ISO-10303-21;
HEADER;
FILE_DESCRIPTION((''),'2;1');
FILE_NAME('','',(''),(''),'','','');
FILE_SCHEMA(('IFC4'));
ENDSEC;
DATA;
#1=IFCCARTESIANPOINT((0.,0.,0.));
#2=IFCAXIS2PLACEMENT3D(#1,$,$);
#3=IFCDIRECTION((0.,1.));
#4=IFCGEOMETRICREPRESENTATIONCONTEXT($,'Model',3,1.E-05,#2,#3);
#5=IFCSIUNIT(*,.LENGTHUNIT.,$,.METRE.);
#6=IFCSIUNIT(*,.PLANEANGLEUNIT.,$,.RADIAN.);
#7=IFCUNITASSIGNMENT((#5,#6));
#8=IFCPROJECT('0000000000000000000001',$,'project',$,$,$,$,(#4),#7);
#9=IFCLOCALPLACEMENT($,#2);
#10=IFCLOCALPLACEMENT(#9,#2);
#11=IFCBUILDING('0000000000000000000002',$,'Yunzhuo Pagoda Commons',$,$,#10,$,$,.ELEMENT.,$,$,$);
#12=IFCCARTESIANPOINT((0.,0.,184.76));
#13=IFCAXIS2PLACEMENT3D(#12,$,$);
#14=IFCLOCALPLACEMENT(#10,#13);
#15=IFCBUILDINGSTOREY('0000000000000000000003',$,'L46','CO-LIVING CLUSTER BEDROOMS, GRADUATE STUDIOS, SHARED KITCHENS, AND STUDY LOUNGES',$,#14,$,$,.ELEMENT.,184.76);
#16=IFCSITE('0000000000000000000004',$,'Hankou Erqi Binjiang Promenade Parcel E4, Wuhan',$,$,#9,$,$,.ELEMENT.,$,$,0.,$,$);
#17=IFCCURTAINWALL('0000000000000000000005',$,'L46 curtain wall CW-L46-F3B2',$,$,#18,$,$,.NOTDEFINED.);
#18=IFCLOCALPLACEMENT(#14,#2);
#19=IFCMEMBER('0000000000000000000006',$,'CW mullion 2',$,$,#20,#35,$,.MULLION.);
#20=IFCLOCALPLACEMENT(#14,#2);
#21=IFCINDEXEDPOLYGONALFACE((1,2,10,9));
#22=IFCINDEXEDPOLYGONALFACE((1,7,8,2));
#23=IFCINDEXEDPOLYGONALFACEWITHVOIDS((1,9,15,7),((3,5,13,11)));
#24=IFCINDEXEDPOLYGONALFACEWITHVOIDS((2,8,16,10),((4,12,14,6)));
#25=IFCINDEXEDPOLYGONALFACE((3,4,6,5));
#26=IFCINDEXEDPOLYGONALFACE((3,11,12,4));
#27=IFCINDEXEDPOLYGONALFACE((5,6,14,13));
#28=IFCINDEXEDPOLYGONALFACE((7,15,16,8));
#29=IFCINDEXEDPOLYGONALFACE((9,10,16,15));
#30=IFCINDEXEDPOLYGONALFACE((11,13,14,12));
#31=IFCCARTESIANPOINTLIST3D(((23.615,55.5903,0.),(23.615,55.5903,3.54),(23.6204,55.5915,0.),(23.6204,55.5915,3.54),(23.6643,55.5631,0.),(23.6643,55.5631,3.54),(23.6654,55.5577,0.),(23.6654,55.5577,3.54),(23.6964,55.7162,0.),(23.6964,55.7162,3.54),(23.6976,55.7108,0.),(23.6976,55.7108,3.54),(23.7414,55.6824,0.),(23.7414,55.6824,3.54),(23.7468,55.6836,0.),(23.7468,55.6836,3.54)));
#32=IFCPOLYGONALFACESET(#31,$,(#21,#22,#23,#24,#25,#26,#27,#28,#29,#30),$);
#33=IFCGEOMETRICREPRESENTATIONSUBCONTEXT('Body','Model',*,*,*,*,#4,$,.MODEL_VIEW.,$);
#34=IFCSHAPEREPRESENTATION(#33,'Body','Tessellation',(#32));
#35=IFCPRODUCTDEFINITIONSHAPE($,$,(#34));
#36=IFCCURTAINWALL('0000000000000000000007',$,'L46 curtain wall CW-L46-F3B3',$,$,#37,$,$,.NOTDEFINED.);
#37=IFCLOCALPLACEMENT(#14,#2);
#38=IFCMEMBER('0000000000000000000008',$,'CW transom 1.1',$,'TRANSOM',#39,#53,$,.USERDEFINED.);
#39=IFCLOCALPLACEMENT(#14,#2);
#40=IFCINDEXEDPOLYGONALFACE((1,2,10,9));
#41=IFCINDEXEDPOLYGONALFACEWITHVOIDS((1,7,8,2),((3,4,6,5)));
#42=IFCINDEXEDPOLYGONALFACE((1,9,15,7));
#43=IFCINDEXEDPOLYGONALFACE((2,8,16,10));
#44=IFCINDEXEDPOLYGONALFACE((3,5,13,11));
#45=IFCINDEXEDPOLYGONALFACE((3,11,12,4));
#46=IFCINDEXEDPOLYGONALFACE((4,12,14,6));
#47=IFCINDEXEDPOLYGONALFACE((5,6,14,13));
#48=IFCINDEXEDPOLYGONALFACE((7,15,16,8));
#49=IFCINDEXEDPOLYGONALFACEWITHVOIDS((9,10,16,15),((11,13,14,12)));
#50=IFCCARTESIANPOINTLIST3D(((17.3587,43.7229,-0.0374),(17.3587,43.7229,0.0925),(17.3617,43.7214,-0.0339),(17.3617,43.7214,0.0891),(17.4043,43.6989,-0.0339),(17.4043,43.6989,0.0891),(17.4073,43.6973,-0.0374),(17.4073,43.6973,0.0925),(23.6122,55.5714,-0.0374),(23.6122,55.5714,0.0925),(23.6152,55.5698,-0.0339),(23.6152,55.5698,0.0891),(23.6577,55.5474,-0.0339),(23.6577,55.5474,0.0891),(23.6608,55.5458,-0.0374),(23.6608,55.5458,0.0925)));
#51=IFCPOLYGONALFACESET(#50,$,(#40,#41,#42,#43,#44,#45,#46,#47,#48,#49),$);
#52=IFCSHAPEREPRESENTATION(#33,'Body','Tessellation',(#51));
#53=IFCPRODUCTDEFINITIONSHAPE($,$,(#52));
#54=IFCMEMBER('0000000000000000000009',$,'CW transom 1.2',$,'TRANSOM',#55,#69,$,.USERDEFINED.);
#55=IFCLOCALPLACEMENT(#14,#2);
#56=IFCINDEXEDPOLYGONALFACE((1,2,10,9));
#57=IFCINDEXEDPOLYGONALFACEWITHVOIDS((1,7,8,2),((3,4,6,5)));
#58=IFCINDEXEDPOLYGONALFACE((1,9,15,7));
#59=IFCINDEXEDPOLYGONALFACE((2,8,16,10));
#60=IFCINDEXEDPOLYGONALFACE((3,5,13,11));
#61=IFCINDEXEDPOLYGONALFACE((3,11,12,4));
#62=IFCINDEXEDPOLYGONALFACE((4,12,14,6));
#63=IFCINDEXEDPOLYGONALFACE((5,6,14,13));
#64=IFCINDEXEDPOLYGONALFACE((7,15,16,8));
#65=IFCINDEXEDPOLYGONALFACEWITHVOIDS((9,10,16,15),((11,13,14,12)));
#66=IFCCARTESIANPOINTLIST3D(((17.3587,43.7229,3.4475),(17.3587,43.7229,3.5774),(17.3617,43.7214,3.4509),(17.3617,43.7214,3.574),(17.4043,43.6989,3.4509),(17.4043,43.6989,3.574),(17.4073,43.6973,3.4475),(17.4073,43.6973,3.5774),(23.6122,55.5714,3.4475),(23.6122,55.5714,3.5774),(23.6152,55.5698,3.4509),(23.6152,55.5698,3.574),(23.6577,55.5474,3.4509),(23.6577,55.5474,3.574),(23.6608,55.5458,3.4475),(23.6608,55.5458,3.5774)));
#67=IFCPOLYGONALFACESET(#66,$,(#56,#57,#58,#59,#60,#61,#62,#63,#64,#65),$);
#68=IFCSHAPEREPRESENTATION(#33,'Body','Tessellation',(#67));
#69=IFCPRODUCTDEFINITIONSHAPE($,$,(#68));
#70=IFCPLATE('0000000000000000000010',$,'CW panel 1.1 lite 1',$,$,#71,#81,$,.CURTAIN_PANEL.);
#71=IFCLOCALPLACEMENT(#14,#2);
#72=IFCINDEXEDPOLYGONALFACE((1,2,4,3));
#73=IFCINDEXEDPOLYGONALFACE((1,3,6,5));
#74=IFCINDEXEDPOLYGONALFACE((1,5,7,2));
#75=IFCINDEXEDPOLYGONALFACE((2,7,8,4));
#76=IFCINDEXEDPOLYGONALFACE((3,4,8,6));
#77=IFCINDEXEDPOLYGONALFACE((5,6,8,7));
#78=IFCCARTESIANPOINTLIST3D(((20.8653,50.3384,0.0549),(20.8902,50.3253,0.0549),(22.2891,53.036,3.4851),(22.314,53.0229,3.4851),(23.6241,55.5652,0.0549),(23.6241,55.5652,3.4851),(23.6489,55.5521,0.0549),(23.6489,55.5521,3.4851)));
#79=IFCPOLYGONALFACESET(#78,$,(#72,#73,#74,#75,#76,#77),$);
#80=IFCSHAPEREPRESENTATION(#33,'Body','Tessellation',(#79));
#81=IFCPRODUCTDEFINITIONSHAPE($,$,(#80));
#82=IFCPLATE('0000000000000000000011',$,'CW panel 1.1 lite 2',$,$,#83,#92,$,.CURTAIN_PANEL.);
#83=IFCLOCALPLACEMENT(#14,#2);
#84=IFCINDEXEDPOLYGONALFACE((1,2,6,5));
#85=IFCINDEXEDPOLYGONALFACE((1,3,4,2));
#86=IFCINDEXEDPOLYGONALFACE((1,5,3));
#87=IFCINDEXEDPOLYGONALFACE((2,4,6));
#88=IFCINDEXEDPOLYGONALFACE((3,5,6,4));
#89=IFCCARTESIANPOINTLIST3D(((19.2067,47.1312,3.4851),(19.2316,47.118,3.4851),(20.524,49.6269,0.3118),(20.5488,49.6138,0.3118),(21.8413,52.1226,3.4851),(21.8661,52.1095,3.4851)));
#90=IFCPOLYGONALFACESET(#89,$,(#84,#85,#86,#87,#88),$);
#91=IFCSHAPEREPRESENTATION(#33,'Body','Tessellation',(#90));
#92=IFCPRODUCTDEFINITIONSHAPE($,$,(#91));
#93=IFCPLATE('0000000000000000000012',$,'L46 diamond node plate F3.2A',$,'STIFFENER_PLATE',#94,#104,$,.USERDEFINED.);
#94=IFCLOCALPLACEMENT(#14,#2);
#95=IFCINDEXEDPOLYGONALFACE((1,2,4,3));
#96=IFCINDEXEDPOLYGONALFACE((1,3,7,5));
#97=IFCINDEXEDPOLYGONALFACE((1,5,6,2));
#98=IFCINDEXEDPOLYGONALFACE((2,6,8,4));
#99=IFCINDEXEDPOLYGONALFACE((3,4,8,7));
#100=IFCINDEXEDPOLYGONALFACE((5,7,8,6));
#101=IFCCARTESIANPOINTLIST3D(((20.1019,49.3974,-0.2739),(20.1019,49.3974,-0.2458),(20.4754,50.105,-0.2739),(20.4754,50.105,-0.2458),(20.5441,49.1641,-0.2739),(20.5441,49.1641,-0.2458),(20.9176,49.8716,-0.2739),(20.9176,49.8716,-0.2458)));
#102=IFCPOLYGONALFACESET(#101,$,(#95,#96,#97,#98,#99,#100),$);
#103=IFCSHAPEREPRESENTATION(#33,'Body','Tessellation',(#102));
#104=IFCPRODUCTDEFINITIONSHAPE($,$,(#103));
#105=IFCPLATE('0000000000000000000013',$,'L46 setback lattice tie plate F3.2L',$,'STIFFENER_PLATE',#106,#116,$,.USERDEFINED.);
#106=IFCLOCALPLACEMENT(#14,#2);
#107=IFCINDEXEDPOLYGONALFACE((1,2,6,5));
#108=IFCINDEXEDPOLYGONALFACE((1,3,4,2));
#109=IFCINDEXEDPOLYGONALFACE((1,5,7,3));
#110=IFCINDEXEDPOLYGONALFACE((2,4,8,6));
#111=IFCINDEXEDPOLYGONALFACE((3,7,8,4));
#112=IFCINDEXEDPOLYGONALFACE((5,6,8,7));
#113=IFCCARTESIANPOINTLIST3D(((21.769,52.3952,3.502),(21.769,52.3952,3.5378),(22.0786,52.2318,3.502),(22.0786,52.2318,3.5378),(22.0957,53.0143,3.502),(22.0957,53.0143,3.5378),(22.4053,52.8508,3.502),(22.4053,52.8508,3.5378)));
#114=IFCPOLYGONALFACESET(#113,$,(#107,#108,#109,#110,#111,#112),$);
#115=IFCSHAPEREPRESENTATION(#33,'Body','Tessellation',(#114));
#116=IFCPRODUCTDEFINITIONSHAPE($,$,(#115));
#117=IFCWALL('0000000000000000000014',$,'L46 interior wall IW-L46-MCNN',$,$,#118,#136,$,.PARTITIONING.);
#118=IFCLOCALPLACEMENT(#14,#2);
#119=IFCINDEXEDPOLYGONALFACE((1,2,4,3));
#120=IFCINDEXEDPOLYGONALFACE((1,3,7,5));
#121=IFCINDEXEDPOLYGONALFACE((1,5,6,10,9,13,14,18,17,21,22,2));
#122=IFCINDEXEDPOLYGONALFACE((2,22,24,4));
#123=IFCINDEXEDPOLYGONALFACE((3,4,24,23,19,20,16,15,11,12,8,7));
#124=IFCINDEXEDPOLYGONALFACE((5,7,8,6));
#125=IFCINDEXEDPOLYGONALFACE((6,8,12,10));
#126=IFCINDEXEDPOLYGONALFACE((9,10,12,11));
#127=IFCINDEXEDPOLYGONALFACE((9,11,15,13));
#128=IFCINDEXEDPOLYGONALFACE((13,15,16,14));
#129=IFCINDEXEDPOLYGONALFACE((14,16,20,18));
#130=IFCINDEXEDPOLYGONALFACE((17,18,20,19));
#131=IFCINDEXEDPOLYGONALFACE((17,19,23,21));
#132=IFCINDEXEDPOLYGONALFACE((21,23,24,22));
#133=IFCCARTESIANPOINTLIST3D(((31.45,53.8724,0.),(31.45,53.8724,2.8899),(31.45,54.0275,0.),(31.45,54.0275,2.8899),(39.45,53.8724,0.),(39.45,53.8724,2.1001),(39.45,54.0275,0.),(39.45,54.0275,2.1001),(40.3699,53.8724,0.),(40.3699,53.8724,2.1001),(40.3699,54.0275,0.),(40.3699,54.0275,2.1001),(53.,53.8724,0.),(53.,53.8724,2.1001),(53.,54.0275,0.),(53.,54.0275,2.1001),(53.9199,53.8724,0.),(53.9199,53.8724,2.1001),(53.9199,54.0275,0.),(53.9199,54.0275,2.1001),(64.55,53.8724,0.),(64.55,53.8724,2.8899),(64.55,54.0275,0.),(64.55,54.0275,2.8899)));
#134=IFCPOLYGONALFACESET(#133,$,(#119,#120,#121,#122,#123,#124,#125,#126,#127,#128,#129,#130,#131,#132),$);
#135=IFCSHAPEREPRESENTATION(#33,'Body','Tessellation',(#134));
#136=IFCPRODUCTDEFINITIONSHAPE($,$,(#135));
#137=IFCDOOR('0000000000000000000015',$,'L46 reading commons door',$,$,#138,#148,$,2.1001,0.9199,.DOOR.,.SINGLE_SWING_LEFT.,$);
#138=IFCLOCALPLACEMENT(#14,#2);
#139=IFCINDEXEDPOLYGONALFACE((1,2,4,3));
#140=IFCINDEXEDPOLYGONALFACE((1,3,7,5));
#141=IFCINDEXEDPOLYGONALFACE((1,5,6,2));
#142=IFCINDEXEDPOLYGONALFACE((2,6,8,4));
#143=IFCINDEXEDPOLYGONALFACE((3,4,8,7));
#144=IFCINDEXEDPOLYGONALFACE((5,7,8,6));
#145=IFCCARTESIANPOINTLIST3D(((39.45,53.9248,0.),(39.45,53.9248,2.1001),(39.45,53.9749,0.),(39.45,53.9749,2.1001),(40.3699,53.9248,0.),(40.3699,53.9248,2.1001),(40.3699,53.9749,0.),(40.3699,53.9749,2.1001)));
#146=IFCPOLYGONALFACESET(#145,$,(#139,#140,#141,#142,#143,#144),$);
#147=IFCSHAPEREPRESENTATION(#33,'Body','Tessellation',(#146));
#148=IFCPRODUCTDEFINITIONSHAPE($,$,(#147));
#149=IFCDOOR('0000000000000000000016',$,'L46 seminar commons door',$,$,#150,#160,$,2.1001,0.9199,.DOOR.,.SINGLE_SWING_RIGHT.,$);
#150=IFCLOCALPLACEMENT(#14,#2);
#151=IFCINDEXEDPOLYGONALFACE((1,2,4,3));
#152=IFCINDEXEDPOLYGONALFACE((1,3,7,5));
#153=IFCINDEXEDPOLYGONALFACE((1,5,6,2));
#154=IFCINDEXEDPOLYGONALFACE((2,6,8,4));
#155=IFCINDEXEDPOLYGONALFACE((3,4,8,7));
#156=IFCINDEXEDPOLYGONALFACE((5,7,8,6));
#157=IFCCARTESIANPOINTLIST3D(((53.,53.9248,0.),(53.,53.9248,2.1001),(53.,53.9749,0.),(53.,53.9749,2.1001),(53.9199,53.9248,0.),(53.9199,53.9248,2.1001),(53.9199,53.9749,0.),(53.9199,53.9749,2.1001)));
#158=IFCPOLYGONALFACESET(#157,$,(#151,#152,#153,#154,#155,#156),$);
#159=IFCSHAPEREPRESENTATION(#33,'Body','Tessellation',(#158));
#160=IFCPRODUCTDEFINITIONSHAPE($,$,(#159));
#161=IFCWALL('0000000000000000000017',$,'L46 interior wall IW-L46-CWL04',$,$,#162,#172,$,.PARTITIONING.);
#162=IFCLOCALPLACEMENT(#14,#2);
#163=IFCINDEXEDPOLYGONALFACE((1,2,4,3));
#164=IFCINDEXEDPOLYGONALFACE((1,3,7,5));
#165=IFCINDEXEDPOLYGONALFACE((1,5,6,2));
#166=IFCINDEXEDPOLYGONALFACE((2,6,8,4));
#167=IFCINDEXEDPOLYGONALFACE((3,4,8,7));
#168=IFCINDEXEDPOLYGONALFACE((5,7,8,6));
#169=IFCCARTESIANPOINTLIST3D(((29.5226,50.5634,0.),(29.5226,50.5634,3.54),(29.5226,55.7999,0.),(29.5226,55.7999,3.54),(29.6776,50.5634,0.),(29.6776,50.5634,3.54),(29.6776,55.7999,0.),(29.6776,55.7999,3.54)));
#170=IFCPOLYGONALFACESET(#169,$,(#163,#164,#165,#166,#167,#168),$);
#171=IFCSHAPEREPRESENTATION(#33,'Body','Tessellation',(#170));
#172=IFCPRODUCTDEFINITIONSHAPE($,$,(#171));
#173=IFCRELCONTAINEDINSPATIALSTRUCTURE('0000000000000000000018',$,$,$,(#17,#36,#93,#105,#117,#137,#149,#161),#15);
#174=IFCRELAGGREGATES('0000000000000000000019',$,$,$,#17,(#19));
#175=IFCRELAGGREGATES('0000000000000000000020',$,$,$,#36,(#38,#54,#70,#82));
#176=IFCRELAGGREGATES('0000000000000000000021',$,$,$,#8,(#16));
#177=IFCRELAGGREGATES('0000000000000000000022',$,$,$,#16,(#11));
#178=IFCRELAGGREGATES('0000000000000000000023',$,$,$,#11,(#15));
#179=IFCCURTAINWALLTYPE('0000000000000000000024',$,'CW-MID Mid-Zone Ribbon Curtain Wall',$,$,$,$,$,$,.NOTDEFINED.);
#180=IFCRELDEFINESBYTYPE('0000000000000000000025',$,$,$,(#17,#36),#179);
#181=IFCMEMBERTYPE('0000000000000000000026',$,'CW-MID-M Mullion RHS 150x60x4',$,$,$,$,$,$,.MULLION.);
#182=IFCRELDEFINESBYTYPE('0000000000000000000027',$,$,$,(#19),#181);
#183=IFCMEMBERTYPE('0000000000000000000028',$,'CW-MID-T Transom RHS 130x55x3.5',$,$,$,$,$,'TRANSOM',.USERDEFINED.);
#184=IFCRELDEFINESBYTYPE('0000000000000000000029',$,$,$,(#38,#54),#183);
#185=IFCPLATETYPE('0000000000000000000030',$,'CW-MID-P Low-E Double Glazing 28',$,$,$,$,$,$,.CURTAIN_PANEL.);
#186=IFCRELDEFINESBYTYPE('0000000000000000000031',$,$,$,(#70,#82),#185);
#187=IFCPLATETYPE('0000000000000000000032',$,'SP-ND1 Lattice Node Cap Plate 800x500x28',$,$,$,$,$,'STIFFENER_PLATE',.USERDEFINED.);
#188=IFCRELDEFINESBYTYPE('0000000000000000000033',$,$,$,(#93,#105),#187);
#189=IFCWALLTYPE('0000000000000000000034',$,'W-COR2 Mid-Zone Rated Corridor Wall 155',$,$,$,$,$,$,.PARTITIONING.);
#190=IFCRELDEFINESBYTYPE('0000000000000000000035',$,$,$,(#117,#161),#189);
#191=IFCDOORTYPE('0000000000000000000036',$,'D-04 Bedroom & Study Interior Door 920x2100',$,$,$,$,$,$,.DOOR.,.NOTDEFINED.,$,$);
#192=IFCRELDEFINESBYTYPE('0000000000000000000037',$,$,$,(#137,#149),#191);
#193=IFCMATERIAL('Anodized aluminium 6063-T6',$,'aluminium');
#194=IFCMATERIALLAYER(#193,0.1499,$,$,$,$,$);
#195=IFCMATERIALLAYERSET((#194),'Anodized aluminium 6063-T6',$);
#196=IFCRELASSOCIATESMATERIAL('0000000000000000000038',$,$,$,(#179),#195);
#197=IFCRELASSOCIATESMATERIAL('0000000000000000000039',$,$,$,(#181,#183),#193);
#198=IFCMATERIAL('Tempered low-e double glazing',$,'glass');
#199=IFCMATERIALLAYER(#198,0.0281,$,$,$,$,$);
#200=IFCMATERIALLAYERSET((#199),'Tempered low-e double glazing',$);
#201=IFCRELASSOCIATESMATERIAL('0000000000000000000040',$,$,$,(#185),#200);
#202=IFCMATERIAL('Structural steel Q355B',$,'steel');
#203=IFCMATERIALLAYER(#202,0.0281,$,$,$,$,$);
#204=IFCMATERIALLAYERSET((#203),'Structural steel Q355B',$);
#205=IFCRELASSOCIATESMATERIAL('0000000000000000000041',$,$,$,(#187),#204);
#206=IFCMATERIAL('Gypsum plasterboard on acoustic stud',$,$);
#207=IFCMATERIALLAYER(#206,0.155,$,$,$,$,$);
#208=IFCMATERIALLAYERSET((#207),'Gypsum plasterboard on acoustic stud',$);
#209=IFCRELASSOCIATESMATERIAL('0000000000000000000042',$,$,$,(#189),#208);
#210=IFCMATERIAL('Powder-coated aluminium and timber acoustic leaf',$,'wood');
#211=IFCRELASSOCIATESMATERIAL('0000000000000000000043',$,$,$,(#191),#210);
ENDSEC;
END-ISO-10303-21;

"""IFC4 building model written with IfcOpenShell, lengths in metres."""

from ifc_helpers import new_model, si_unit, direction, frame, frame_2d, origin, origin_with_axes, origin_2d, place, context, subcontext, project, spatial, polyline, rectangle, hollow_rectangle, outline, extrude, source, transform, mapped, material, layer, layer_set, material_profile, profile_set, type_object, element, fill, aggregate, save


model = new_model("IFC4")

# Units and contexts
model_context = context("Model", 3, precision=1e-05, world=origin(), true_north=direction((0.0, 1.0)))
body_context = subcontext(model_context, "Body", "Model", "MODEL_VIEW")
ifc_project = project(units=[si_unit("LENGTHUNIT", "METRE"), si_unit("PLANEANGLEUNIT", "RADIAN")], contexts=[model_context])

# Site, building, storey
site_placement = place(None, origin())
site = spatial("IfcSite", under=ifc_project, at=site_placement, Name="Hankou Erqi Binjiang Promenade Parcel E4, Wuhan", CompositionType="ELEMENT", RefElevation=0.0)
building_placement = place(site_placement, origin())
building = spatial("IfcBuilding", under=site, at=building_placement, Name="Yunzhuo Pagoda Commons", CompositionType="ELEMENT")
storey_placement = place(building_placement, frame((0.0, 0.0, 184.76)))
storey = spatial("IfcBuildingStorey", under=building, at=storey_placement, Name="L46", Description="CO-LIVING CLUSTER BEDROOMS, GRADUATE STUDIOS, SHARED KITCHENS, AND STUDY LOUNGES", CompositionType="ELEMENT", Elevation=184.76)

# Shared definitions
ifc_material_1 = material(Name="Structural steel Q355B", Category="steel")

# Curtain wall, member
ifc_material_2 = material(Name="Anodized aluminium 6063-T6", Category="aluminium")
ifc_layer_1 = layer(ifc_material_2, 0.1499)
ifc_layer_set_1 = layer_set([ifc_layer_1], Name="Anodized aluminium 6063-T6")
curtain_wall_type = type_object("IfcCurtainWallType", Name="CW-MID Mid-Zone Ribbon Curtain Wall", PredefinedType="NOTDEFINED", material=ifc_layer_set_1)
curtain_wall_1_placement = place(storey_placement, origin())
curtain_wall_1 = element("IfcCurtainWall", 1, at=curtain_wall_1_placement, inside=storey, type_object=curtain_wall_type, Name="L46 curtain wall CW-L46-F3B2", PredefinedType="NOTDEFINED")
ifc_material_profile_1 = material_profile(ifc_material_2, hollow_rectangle(XDim=0.0601, YDim=0.1499, WallThickness=0.0039, at=origin_2d()), Name="Anodized aluminium 6063-T6")
ifc_profile_set_1 = profile_set([ifc_material_profile_1], Name="Anodized aluminium 6063-T6")
member_type_1 = type_object("IfcMemberType", Name="CW-MID-M Mullion RHS 150x60x4", PredefinedType="MULLION", material=ifc_profile_set_1)
shared_shape_1 = source(origin(), body_context, "Body", "SweptSolid", [
    extrude(hollow_rectangle(XDim=0.0601, YDim=0.1499, WallThickness=0.0039, at=origin_2d()), origin(), (0.0, 0.0, 1.0), 3.54),
])
member_1_placement = place(storey_placement, frame((23.6809, 55.637, 0.0), z_axis=(0.0, 0.0, 1.0), x_axis=(0.839627, -0.543164, 0.0)))
member_1 = element("IfcMember", 2, at=member_1_placement, type_object=member_type_1, Name="CW mullion 2", PredefinedType="MULLION", context=body_context, shape_type="MappedRepresentation", body=[
    mapped(shared_shape_1, transform((0.0, 0.0, 0.0), scale=1.0)),
])
aggregate(curtain_wall_1, [member_1])

# Curtain wall, members, plates
curtain_wall_2_placement = place(storey_placement, origin())
curtain_wall_2 = element("IfcCurtainWall", 3, at=curtain_wall_2_placement, inside=storey, type_object=curtain_wall_type, Name="L46 curtain wall CW-L46-F3B3", PredefinedType="NOTDEFINED")
ifc_material_profile_2 = material_profile(ifc_material_2, hollow_rectangle(XDim=0.0549, YDim=0.1299, WallThickness=0.0034, at=origin_2d()), Name="Anodized aluminium 6063-T6")
ifc_profile_set_2 = profile_set([ifc_material_profile_2], Name="Anodized aluminium 6063-T6")
member_type_2 = type_object("IfcMemberType", Name="CW-MID-T Transom RHS 130x55x3.5", ElementType="TRANSOM", PredefinedType="USERDEFINED", material=ifc_profile_set_2)
shared_shape_2 = source(origin(), body_context, "Body", "SweptSolid", [
    extrude(hollow_rectangle(XDim=0.0549, YDim=0.1299, WallThickness=0.0034, at=origin_2d()), origin(), (0.0, 0.0, 1.0), 13.3975),
])
member_2_placement = place(storey_placement, frame((23.6365, 55.5586, 0.0276), z_axis=(-0.466765, -0.884382, 0.0), x_axis=(0.884382, -0.466765, 0.0)))
member_2 = element("IfcMember", 4, at=member_2_placement, type_object=member_type_2, Name="CW transom 1.1", ObjectType="TRANSOM", PredefinedType="USERDEFINED", context=body_context, shape_type="MappedRepresentation", body=[
    mapped(shared_shape_2, transform((0.0, 0.0, 0.0), scale=1.0)),
])
member_3_placement = place(storey_placement, frame((23.6365, 55.5586, 3.5125), z_axis=(-0.466765, -0.884382, 0.0), x_axis=(0.884382, -0.466765, 0.0)))
member_3 = element("IfcMember", 5, at=member_3_placement, type_object=member_type_2, Name="CW transom 1.2", ObjectType="TRANSOM", PredefinedType="USERDEFINED", context=body_context, shape_type="MappedRepresentation", body=[
    mapped(shared_shape_2, transform((0.0, 0.0, 0.0), scale=1.0)),
])
ifc_material_3 = material(Name="Tempered low-e double glazing", Category="glass")
ifc_layer_2 = layer(ifc_material_3, 0.0281)
ifc_layer_set_2 = layer_set([ifc_layer_2], Name="Tempered low-e double glazing")
plate_type_1 = type_object("IfcPlateType", Name="CW-MID-P Low-E Double Glazing 28", PredefinedType="CURTAIN_PANEL", material=ifc_layer_set_2)
plate_1_placement = place(storey_placement, frame((22.2695, 52.9387, 1.77), z_axis=(-0.884373, 0.466781, 0.0), x_axis=(-0.466781, -0.884373, 0.0)))
plate_1 = element("IfcPlate", 6, at=plate_1_placement, type_object=plate_type_1, Name="CW panel 1.1 lite 1", PredefinedType="CURTAIN_PANEL", context=body_context, shape_type="SweptSolid", body=[
    extrude(outline(polyline([(-2.9551, -1.7151), (2.9551, -1.7151), (-0.0952, 1.7151), (-2.9551, 1.7151), (-2.9551, -1.7151)])), origin(), (0.0, 0.0, 1.0), 0.0281),
])
plate_2_placement = place(storey_placement, frame((20.5488, 49.6138, 1.8984), z_axis=(-0.884373, 0.466781, 0.0), x_axis=(-0.466781, -0.884373, 0.0)))
plate_2 = element("IfcPlate", 7, at=plate_2_placement, type_object=plate_type_1, Name="CW panel 1.1 lite 2", PredefinedType="CURTAIN_PANEL", context=body_context, shape_type="SweptSolid", body=[
    extrude(outline(polyline([(-2.822, 1.5867), (0.0, -1.5867), (2.822, 1.5867), (-2.822, 1.5867)])), origin(), (0.0, 0.0, 1.0), 0.0281),
])
aggregate(curtain_wall_2, [member_2, member_3, plate_1, plate_2])

# Plates
ifc_layer_3 = layer(ifc_material_1, 0.0281)
ifc_layer_set_3 = layer_set([ifc_layer_3], Name="Structural steel Q355B")
plate_type_2 = type_object("IfcPlateType", Name="SP-ND1 Lattice Node Cap Plate 800x500x28", ElementType="STIFFENER_PLATE", PredefinedType="USERDEFINED", material=ifc_layer_set_3)
shared_shape_3 = source(origin(), body_context, "Body", "SweptSolid", [
    extrude(rectangle(XDim=0.8, YDim=0.5, at=origin_2d()), origin(), (0.0, 0.0, 1.0), 0.0281),
])
plate_3_placement = place(storey_placement, frame((20.5098, 49.6345, -0.2739), z_axis=(0.0, 0.0, 1.0), x_axis=(-0.466788, -0.884369, 0.0)))
element("IfcPlate", 8, at=plate_3_placement, inside=storey, type_object=plate_type_2, Name="L46 diamond node plate F3.2A", ObjectType="STIFFENER_PLATE", PredefinedType="USERDEFINED", context=body_context, shape_type="MappedRepresentation", body=[
    mapped(shared_shape_3, transform((0.0, 0.0, 0.0), scale=1.0)),
])
shared_shape_4 = source(origin(), body_context, "Body", "SweptSolid", [
    extrude(rectangle(XDim=0.7, YDim=0.3501, at=origin_2d()), origin(), (0.0, 0.0, 1.0), 0.0359),
])
plate_4_placement = place(storey_placement, frame((22.0872, 52.623, 3.502), z_axis=(0.0, 0.0, 1.0), x_axis=(-0.466788, -0.884369, 0.0)))
element("IfcPlate", 9, at=plate_4_placement, inside=storey, type_object=plate_type_2, Name="L46 setback lattice tie plate F3.2L", ObjectType="STIFFENER_PLATE", PredefinedType="USERDEFINED", context=body_context, shape_type="MappedRepresentation", body=[
    mapped(shared_shape_4, transform((0.0, 0.0, 0.0), scale=1.0)),
])

# Wall, openings, doors
ifc_material_4 = material(Name="Gypsum plasterboard on acoustic stud")
ifc_layer_4 = layer(ifc_material_4, 0.155)
ifc_layer_set_4 = layer_set([ifc_layer_4], Name="Gypsum plasterboard on acoustic stud")
wall_type_1 = type_object("IfcWallType", Name="W-COR2 Mid-Zone Rated Corridor Wall 155", PredefinedType="PARTITIONING", material=ifc_layer_set_4)
wall_1_placement = place(storey_placement, frame((31.45, 53.95, 0.0), z_axis=(0.0, 0.0, 1.0), x_axis=(1.0, 0.0, 0.0)))
wall_1 = element("IfcWall", 10, at=wall_1_placement, inside=storey, type_object=wall_type_1, Name="L46 interior wall IW-L46-MCNN", PredefinedType="PARTITIONING", context=body_context, shape_type="SweptSolid", body=[
    extrude(rectangle(XDim=33.1001, YDim=0.155, at=frame_2d((16.55, 0.0))), origin(), (0.0, 0.0, 1.0), 2.8899),
])
opening_1_placement = place(wall_1_placement, frame((8.0, 0.0, 0.0)))
opening_1 = element("IfcOpeningElement", 11, at=opening_1_placement, cuts=wall_1, PredefinedType="OPENING", context=body_context, shape_type="SweptSolid", body=[
    extrude(rectangle(XDim=0.9199, YDim=2.1001, at=frame_2d((0.46, 1.05))), frame((0.0, 0.0874, 0.0), z_axis=(0.0, -1.0, 0.0), x_axis=(1.0, 0.0, 0.0)), (0.0, 0.0, 1.0), 0.175),
])
opening_2_placement = place(wall_1_placement, frame((21.55, 0.0, 0.0)))
opening_2 = element("IfcOpeningElement", 12, at=opening_2_placement, cuts=wall_1, PredefinedType="OPENING", context=body_context, shape_type="SweptSolid", body=[
    extrude(rectangle(XDim=0.9199, YDim=2.1001, at=frame_2d((0.46, 1.05))), frame((0.0, 0.0874, 0.0), z_axis=(0.0, -1.0, 0.0), x_axis=(1.0, 0.0, 0.0)), (0.0, 0.0, 1.0), 0.175),
])
ifc_material_5 = material(Name="Powder-coated aluminium and timber acoustic leaf", Category="wood")
door_type_1 = type_object("IfcDoorType", Name="D-04 Bedroom & Study Interior Door 920x2100", OperationType="NOTDEFINED", PredefinedType="DOOR", material=ifc_material_5)
shared_shape_5 = source(origin(), body_context, "Body", "SweptSolid", [
    extrude(rectangle(XDim=0.9199, YDim=2.1001, at=frame_2d((0.46, 1.05))), frame((0.0, 0.0249, 0.0), z_axis=(0.0, -1.0, 0.0), x_axis=(1.0, 0.0, 0.0)), (0.0, 0.0, 1.0), 0.05),
])
door_1_placement = place(opening_1_placement, origin_with_axes())
door_1 = element("IfcDoor", 13, at=door_1_placement, inside=storey, type_object=door_type_1, Name="L46 reading commons door", OperationType="SINGLE_SWING_LEFT", OverallHeight=2.1001, OverallWidth=0.9199, PredefinedType="DOOR", context=body_context, shape_type="MappedRepresentation", body=[
    mapped(shared_shape_5, transform((0.0, 0.0, 0.0), scale=1.0)),
])
fill(opening_1, door_1)
door_2_placement = place(opening_2_placement, origin_with_axes())
door_2 = element("IfcDoor", 14, at=door_2_placement, inside=storey, type_object=door_type_1, Name="L46 seminar commons door", OperationType="SINGLE_SWING_RIGHT", OverallHeight=2.1001, OverallWidth=0.9199, PredefinedType="DOOR", context=body_context, shape_type="MappedRepresentation", body=[
    mapped(shared_shape_5, transform((0.0, 0.0, 0.0), scale=1.0)),
])
fill(opening_2, door_2)

# Wall
wall_2_placement = place(storey_placement, frame((29.6001, 50.5635, 0.0), z_axis=(0.0, 0.0, 1.0), x_axis=(0.0, 1.0, 0.0)))
element("IfcWall", 15, at=wall_2_placement, inside=storey, type_object=wall_type_1, Name="L46 interior wall IW-L46-CWL04", PredefinedType="PARTITIONING", context=body_context, shape_type="SweptSolid", body=[
    extrude(rectangle(XDim=5.2366, YDim=0.155, at=frame_2d((2.6182, 0.0))), origin(), (0.0, 0.0, 1.0), 3.54),
])

save(model, "model.ifc")
